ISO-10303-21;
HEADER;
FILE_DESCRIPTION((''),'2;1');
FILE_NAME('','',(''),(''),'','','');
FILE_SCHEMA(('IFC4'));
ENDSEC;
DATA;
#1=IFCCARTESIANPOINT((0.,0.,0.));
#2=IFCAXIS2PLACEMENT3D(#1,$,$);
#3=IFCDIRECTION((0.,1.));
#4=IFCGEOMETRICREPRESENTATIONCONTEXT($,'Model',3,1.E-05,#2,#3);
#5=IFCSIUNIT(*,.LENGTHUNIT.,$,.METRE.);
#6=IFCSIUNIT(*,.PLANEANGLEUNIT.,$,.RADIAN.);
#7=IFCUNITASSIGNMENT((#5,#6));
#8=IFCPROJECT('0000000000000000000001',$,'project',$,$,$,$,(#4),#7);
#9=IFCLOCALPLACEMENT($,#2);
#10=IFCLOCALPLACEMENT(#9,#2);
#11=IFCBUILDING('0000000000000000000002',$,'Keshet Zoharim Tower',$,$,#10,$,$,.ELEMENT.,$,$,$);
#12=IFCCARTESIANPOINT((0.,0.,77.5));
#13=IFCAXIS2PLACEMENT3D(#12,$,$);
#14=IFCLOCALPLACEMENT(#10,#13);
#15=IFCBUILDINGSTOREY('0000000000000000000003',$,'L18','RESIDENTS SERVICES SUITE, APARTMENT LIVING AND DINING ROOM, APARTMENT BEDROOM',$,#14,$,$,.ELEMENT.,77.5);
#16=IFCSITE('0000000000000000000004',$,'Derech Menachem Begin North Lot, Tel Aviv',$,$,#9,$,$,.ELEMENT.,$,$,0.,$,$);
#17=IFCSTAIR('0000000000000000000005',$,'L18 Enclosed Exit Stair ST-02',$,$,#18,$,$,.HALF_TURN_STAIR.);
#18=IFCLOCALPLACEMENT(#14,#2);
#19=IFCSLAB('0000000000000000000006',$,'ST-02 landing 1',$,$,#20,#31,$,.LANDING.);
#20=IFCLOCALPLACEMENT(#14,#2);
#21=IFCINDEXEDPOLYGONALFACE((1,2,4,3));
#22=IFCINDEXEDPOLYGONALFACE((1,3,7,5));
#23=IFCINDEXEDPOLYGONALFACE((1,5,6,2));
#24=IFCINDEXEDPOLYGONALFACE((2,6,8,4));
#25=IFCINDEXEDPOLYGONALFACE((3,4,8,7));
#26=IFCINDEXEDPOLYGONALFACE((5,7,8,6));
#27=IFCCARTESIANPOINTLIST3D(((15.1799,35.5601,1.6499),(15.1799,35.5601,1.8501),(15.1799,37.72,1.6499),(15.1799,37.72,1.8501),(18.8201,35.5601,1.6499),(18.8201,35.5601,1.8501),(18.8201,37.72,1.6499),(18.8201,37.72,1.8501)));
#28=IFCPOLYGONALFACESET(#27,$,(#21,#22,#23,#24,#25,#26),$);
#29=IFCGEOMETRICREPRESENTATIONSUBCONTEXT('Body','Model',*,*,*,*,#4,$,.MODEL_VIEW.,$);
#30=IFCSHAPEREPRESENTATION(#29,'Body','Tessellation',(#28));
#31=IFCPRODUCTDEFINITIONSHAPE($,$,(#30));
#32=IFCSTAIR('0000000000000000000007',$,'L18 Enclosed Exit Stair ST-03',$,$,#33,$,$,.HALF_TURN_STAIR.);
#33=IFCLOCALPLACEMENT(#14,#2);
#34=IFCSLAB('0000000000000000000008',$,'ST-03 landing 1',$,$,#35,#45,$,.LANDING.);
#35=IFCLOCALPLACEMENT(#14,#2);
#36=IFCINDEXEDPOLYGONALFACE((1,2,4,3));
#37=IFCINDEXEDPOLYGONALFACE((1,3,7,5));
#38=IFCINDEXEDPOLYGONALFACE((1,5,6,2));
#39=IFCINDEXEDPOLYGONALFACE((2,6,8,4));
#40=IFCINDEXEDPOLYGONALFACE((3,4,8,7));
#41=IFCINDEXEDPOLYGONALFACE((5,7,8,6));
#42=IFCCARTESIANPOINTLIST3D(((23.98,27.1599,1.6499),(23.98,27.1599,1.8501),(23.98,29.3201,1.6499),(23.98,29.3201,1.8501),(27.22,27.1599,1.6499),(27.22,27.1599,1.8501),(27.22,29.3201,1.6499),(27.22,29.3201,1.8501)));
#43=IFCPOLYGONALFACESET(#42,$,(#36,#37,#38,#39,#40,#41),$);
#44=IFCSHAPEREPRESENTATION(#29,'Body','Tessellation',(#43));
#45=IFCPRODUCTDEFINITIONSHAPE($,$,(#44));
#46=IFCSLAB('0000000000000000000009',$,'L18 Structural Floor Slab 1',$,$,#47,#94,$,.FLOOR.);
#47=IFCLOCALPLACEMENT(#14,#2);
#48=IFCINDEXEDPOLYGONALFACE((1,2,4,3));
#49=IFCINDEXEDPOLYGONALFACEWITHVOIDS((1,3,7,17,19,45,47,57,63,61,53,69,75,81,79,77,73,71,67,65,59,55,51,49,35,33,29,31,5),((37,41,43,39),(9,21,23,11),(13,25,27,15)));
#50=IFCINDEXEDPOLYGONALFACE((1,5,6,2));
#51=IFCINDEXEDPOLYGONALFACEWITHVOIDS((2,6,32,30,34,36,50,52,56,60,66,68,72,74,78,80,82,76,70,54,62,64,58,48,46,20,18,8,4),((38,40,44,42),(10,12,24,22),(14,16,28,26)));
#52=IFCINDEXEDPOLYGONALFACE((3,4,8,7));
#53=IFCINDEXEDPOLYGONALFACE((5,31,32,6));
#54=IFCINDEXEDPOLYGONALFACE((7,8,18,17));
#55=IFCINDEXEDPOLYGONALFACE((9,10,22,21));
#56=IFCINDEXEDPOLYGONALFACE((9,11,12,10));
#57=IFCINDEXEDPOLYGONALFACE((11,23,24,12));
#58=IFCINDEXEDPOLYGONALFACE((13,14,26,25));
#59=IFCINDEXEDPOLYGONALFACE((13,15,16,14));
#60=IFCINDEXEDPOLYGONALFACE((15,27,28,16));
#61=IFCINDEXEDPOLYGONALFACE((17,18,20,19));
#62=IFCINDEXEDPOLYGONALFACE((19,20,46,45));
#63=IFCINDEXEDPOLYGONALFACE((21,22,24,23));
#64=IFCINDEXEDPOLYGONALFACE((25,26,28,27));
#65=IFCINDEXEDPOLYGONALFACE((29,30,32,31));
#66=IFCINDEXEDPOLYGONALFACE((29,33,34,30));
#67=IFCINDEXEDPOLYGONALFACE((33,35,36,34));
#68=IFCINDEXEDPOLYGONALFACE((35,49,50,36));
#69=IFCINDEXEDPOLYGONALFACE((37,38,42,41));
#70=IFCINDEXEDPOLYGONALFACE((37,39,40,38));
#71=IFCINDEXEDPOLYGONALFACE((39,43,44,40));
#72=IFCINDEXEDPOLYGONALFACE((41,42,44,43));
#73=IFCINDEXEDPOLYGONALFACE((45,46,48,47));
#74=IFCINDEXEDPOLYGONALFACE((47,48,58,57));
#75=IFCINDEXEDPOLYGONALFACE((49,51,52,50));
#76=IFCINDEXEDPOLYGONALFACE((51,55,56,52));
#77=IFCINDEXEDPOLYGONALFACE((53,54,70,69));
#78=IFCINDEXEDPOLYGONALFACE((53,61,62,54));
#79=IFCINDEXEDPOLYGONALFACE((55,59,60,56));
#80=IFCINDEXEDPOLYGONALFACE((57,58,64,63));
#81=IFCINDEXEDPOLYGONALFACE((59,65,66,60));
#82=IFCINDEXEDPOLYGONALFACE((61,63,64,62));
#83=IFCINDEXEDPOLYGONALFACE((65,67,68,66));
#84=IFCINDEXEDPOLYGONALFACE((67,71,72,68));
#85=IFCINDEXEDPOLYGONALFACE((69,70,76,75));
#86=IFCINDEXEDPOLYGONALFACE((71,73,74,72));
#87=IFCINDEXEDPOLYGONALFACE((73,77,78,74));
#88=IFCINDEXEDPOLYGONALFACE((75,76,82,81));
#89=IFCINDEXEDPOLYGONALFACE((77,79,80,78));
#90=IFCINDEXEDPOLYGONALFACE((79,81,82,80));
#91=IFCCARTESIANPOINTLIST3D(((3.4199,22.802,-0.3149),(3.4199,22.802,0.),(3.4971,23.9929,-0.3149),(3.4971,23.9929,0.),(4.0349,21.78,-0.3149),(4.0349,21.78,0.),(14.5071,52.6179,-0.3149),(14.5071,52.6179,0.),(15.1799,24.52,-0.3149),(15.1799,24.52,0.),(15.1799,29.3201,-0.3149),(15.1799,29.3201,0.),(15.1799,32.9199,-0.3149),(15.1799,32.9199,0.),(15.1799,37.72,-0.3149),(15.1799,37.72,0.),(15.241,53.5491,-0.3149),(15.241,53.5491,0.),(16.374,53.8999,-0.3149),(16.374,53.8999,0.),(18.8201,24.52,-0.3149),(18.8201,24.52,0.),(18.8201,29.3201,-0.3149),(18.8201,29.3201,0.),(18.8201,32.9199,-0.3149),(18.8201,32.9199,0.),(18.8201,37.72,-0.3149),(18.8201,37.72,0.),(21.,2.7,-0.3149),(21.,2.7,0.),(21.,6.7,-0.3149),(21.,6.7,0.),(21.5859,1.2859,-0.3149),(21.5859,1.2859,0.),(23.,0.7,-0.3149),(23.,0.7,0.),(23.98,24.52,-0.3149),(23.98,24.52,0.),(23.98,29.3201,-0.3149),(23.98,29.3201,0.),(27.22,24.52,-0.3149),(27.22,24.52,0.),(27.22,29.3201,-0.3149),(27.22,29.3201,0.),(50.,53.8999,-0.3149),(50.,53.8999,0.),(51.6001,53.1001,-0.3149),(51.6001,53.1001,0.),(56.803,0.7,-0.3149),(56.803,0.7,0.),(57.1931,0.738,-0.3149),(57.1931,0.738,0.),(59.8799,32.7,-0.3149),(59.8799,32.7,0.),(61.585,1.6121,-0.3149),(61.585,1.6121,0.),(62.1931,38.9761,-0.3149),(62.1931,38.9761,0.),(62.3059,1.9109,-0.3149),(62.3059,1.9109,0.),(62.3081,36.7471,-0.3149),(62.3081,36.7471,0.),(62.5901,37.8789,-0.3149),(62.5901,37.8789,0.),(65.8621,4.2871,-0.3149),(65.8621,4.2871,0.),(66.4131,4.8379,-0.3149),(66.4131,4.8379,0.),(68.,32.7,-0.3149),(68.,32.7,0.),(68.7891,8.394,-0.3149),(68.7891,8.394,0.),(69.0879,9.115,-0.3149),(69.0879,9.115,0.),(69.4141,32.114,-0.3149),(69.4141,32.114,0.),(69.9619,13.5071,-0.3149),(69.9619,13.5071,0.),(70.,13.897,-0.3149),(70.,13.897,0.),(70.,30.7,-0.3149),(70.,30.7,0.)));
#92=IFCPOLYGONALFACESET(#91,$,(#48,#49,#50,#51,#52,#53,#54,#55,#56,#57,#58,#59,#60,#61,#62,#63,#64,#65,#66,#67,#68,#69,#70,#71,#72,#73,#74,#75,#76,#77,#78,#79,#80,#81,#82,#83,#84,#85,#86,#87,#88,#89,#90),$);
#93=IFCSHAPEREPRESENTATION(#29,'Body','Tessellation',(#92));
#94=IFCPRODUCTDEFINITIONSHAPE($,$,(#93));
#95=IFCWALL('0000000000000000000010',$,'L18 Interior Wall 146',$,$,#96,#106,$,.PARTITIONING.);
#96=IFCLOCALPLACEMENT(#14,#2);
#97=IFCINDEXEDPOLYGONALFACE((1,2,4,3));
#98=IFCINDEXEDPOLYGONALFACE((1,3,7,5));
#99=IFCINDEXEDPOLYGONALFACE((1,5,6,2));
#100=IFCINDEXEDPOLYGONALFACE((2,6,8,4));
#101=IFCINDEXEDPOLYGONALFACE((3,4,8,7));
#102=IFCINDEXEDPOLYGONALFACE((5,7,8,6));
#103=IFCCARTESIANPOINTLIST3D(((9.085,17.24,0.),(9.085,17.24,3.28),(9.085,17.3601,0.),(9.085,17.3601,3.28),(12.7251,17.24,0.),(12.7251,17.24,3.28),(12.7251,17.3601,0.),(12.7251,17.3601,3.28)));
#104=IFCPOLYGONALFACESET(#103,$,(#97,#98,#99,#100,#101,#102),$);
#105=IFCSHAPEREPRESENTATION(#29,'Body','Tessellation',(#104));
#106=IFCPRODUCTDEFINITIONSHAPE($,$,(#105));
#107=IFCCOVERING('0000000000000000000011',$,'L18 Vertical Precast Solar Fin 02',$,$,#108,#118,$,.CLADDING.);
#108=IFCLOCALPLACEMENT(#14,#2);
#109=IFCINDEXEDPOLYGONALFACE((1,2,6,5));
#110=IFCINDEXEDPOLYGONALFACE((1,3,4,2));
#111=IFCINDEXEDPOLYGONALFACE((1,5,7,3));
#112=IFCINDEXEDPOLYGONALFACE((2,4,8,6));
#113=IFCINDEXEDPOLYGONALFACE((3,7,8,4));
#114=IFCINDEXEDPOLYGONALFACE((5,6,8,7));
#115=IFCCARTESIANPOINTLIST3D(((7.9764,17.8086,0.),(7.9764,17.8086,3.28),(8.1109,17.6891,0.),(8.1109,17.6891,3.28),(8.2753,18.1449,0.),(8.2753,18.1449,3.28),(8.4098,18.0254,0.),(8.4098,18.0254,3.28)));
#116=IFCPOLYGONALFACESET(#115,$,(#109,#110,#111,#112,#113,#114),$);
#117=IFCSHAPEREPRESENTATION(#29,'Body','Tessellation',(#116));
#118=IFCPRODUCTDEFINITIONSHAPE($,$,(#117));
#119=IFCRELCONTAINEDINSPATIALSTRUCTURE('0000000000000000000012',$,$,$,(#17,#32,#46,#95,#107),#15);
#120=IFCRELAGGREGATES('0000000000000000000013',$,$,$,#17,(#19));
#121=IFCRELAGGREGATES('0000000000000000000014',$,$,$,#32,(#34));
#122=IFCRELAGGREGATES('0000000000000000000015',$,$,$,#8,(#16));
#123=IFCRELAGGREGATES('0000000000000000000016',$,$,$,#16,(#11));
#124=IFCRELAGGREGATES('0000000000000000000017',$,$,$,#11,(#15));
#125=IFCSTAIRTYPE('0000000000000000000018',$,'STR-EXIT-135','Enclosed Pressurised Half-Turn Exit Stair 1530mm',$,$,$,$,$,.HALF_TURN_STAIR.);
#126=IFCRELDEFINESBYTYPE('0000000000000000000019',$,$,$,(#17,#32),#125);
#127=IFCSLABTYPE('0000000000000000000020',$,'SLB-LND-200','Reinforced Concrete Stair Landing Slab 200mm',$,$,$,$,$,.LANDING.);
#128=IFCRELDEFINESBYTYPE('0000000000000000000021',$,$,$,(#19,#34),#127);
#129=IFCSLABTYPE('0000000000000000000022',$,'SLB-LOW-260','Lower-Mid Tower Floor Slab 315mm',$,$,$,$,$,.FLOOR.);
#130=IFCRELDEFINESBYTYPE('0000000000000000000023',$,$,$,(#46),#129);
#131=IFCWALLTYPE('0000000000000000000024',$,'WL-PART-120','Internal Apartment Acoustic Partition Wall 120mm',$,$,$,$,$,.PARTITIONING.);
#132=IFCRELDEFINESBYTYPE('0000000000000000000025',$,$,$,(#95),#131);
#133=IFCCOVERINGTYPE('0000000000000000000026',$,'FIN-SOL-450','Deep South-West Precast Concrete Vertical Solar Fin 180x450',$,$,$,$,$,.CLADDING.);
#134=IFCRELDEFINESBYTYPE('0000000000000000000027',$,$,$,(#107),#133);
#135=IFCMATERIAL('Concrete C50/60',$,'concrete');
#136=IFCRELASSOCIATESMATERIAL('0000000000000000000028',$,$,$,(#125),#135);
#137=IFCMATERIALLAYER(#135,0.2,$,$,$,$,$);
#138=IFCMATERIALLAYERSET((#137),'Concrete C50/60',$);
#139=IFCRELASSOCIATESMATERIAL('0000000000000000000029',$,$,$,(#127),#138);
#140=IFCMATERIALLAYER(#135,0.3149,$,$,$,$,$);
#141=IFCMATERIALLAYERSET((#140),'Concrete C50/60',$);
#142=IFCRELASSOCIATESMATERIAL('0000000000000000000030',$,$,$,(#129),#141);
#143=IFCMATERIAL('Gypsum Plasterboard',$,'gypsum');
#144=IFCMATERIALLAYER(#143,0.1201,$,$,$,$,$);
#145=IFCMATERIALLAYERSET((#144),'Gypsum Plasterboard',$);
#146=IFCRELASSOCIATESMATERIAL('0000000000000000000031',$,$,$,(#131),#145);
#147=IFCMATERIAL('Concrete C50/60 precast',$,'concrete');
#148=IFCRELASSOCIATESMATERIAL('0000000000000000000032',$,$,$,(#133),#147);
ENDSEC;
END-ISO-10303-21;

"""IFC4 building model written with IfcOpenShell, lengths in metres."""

from ifc_helpers import new_model, si_unit, direction, frame, frame_2d, origin, origin_2d, place, context, subcontext, project, spatial, polyline, rectangle, outline, extrude, material, layer, layer_set, type_object, element, aggregate, save


model = new_model("IFC4")

# Units and contexts
model_context = context("Model", 3, precision=1e-05, world=origin(), true_north=direction((0.0, 1.0)))
body_context = subcontext(model_context, "Body", "Model", "MODEL_VIEW")
ifc_project = project(units=[si_unit("LENGTHUNIT", "METRE"), si_unit("PLANEANGLEUNIT", "RADIAN")], contexts=[model_context])

# Site, building, storey
site_placement = place(None, origin())
site = spatial("IfcSite", under=ifc_project, at=site_placement, Name="Derech Menachem Begin North Lot, Tel Aviv", CompositionType="ELEMENT", RefElevation=0.0)
building_placement = place(site_placement, origin())
building = spatial("IfcBuilding", under=site, at=building_placement, Name="Keshet Zoharim Tower", CompositionType="ELEMENT")
storey_placement = place(building_placement, frame((0.0, 0.0, 77.5)))
storey = spatial("IfcBuildingStorey", under=building, at=storey_placement, Name="L18", Description="RESIDENTS SERVICES SUITE, APARTMENT LIVING AND DINING ROOM, APARTMENT BEDROOM", CompositionType="ELEMENT", Elevation=77.5)

# Stairs, slabs
ifc_material_1 = material(Name="Concrete C50/60", Category="concrete")
stair_type = type_object("IfcStairType", Name="STR-EXIT-135", Description="Enclosed Pressurised Half-Turn Exit Stair 1530mm", PredefinedType="HALF_TURN_STAIR", material=ifc_material_1)
ifc_layer_1 = layer(ifc_material_1, 0.2)
ifc_layer_set_1 = layer_set([ifc_layer_1], Name="Concrete C50/60")
slab_type_1 = type_object("IfcSlabType", Name="SLB-LND-200", Description="Reinforced Concrete Stair Landing Slab 200mm", PredefinedType="LANDING", material=ifc_layer_set_1)
stair_1_placement = place(storey_placement, origin())
stair_1 = element("IfcStair", 1, at=stair_1_placement, inside=storey, type_object=stair_type, Name="L18 Enclosed Exit Stair ST-02", PredefinedType="HALF_TURN_STAIR")
slab_1_placement = place(storey_placement, frame((0.0, 0.0, 1.6499)))
slab_1 = element("IfcSlab", 2, at=slab_1_placement, type_object=slab_type_1, Name="ST-02 landing 1", PredefinedType="LANDING", context=body_context, shape_type="SweptSolid", body=[
    extrude(outline(polyline([(15.1799, 35.5601), (18.8201, 35.5601), (18.8201, 37.72), (15.1799, 37.72), (15.1799, 35.5601)])), origin(), (0.0, 0.0, 1.0), 0.2002),
])
aggregate(stair_1, [slab_1])
stair_2_placement = place(storey_placement, origin())
stair_2 = element("IfcStair", 3, at=stair_2_placement, inside=storey, type_object=stair_type, Name="L18 Enclosed Exit Stair ST-03", PredefinedType="HALF_TURN_STAIR")
slab_2_placement = place(storey_placement, frame((0.0, 0.0, 1.6499)))
slab_2 = element("IfcSlab", 4, at=slab_2_placement, type_object=slab_type_1, Name="ST-03 landing 1", PredefinedType="LANDING", context=body_context, shape_type="SweptSolid", body=[
    extrude(outline(polyline([(23.98, 27.1599), (27.22, 27.1599), (27.22, 29.3201), (23.98, 29.3201), (23.98, 27.1599)])), origin(), (0.0, 0.0, 1.0), 0.2002),
])
aggregate(stair_2, [slab_2])

# Slab
ifc_layer_2 = layer(ifc_material_1, 0.3149)
ifc_layer_set_2 = layer_set([ifc_layer_2], Name="Concrete C50/60")
slab_type_2 = type_object("IfcSlabType", Name="SLB-LOW-260", Description="Lower-Mid Tower Floor Slab 315mm", PredefinedType="FLOOR", material=ifc_layer_set_2)
slab_3_placement = place(storey_placement, frame((0.0, 0.0, -0.3149)))
element("IfcSlab", 5, at=slab_3_placement, inside=storey, type_object=slab_type_2, Name="L18 Structural Floor Slab 1", PredefinedType="FLOOR", context=body_context, shape_type="SweptSolid", body=[
    extrude(outline(polyline([(21.0, 6.7), (4.0349, 21.78), (3.4199, 22.802), (3.4971, 23.9929), (14.5071, 52.6179), (15.241, 53.5491), (16.374, 53.8999), (50.0, 53.8999), (51.6001, 53.1001), (62.1931, 38.9761), (62.5901, 37.8789), (62.3081, 36.7471), (59.8799, 32.7), (68.0, 32.7), (69.4141, 32.114), (70.0, 30.7), (70.0, 13.897), (69.9619, 13.5071), (69.0879, 9.115), (68.7891, 8.394), (66.4131, 4.8379), (65.8621, 4.2871), (62.3059, 1.9109), (61.585, 1.6121), (57.1931, 0.738), (56.803, 0.7), (23.0, 0.7), (21.5859, 1.2859), (21.0, 2.7), (21.0, 6.7)]), holes=[polyline([(15.1799, 24.52), (18.8201, 24.52), (18.8201, 29.3201), (15.1799, 29.3201), (15.1799, 24.52)]), polyline([(15.1799, 32.9199), (18.8201, 32.9199), (18.8201, 37.72), (15.1799, 37.72), (15.1799, 32.9199)]), polyline([(23.98, 24.52), (27.22, 24.52), (27.22, 29.3201), (23.98, 29.3201), (23.98, 24.52)])]), origin(), (0.0, 0.0, 1.0), 0.3149),
])

# Shared definitions
ifc_material_2 = material(Name="Gypsum Plasterboard", Category="gypsum")

# Wall
ifc_layer_3 = layer(ifc_material_2, 0.1201)
ifc_layer_set_3 = layer_set([ifc_layer_3], Name="Gypsum Plasterboard")
wall_type_1 = type_object("IfcWallType", Name="WL-PART-120", Description="Internal Apartment Acoustic Partition Wall 120mm", PredefinedType="PARTITIONING", material=ifc_layer_set_3)
wall_1_placement = place(storey_placement, frame((9.085, 17.3, 0.0), z_axis=(0.0, 0.0, 1.0), x_axis=(1.0, 0.0, 0.0)))
element("IfcWall", 6, at=wall_1_placement, inside=storey, type_object=wall_type_1, Name="L18 Interior Wall 146", PredefinedType="PARTITIONING", context=body_context, shape_type="SweptSolid", body=[
    extrude(rectangle(XDim=3.6401, YDim=0.1201, at=frame_2d((1.8201, 0.0))), origin(), (0.0, 0.0, 1.0), 3.28),
])

# Covering
ifc_material_3 = material(Name="Concrete C50/60 precast", Category="concrete")
covering_type = type_object("IfcCoveringType", Name="FIN-SOL-450", Description="Deep South-West Precast Concrete Vertical Solar Fin 180x450", PredefinedType="CLADDING", material=ifc_material_3)
covering_placement = place(storey_placement, frame((8.1931, 17.917, 0.0), z_axis=(0.0, 0.0, 1.0), x_axis=(-0.747409, 0.664364, 0.0)))
element("IfcCovering", 7, at=covering_placement, inside=storey, type_object=covering_type, Name="L18 Vertical Precast Solar Fin 02", PredefinedType="CLADDING", context=body_context, shape_type="SweptSolid", body=[
    extrude(rectangle(XDim=0.1799, YDim=0.45, at=origin_2d()), origin(), (0.0, 0.0, 1.0), 3.28),
])

save(model, "model.ifc")
